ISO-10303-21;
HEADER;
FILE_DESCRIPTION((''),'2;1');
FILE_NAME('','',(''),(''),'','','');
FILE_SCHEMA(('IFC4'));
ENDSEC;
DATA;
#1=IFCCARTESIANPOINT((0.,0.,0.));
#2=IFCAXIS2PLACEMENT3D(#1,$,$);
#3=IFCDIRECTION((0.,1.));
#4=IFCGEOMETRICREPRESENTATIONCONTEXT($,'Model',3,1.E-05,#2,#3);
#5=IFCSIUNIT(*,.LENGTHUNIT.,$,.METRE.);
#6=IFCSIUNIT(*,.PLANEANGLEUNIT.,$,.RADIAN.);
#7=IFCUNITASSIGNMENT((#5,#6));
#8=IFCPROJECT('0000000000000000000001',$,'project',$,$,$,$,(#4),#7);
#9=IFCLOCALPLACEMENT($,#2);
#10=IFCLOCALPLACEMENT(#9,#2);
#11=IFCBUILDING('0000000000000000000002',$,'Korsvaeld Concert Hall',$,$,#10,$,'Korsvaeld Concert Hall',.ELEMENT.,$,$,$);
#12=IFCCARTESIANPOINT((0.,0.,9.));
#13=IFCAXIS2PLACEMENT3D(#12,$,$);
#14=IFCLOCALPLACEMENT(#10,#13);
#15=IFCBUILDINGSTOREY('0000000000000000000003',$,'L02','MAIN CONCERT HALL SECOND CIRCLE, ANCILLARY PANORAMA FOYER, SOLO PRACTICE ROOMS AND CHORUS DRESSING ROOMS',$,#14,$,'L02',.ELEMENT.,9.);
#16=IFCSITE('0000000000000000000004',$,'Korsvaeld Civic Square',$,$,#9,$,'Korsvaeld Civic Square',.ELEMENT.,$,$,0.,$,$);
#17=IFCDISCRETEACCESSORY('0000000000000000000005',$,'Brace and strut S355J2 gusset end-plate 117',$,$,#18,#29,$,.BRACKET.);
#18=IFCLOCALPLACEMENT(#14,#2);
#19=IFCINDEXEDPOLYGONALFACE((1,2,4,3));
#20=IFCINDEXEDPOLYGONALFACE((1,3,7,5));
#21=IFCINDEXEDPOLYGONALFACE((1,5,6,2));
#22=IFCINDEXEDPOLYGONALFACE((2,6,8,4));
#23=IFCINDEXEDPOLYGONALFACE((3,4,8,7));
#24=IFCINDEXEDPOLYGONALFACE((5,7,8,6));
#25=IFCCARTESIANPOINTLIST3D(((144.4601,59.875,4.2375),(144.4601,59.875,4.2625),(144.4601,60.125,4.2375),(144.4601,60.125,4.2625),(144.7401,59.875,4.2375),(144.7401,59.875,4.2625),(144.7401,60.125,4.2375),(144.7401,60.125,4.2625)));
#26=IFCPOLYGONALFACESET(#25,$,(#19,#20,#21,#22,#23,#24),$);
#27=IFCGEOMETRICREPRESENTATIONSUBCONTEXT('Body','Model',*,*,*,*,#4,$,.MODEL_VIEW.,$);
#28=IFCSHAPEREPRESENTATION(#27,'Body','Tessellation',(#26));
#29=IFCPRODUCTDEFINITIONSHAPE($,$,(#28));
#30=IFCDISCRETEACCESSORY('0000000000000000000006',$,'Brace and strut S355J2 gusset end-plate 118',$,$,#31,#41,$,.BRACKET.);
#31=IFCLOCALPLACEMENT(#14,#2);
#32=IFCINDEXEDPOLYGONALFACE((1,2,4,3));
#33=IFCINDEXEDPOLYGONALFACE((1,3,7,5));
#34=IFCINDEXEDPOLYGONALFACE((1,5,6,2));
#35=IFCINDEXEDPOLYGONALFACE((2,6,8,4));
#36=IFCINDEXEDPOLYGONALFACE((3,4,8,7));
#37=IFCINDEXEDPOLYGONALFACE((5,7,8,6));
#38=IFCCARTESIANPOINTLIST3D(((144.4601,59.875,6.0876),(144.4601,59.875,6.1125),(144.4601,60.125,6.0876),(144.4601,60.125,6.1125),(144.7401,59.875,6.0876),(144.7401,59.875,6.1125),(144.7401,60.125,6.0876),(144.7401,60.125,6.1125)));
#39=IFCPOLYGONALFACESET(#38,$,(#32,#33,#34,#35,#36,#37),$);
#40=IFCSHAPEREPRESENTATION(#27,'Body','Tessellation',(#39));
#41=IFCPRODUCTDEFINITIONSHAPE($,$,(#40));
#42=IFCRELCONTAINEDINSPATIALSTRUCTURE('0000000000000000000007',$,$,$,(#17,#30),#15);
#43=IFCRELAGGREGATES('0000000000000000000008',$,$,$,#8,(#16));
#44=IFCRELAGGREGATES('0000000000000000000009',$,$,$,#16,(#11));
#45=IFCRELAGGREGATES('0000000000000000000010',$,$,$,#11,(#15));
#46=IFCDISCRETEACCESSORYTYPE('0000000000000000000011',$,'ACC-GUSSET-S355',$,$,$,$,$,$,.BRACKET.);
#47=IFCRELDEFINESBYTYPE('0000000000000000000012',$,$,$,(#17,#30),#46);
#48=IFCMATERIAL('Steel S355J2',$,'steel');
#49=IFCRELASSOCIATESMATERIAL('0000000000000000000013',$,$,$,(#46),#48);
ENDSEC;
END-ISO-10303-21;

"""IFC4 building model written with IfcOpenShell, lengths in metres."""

from ifc_helpers import new_model, si_unit, direction, frame, origin, origin_2d, place, context, subcontext, project, spatial, rectangle, extrude, material, type_object, element, save


model = new_model("IFC4")

# Units and contexts
model_context = context("Model", 3, precision=1e-05, world=origin(), true_north=direction((0.0, 1.0)))
body_context = subcontext(model_context, "Body", "Model", "MODEL_VIEW")
ifc_project = project(units=[si_unit("LENGTHUNIT", "METRE"), si_unit("PLANEANGLEUNIT", "RADIAN")], contexts=[model_context])

# Site, building, storey
site_placement = place(None, origin())
site = spatial("IfcSite", under=ifc_project, at=site_placement, Name="Korsvaeld Civic Square", LongName="Korsvaeld Civic Square", CompositionType="ELEMENT", RefElevation=0.0)
building_placement = place(site_placement, origin())
building = spatial("IfcBuilding", under=site, at=building_placement, Name="Korsvaeld Concert Hall", LongName="Korsvaeld Concert Hall", CompositionType="ELEMENT")
storey_placement = place(building_placement, frame((0.0, 0.0, 9.0)))
storey = spatial("IfcBuildingStorey", under=building, at=storey_placement, Name="L02", Description="MAIN CONCERT HALL SECOND CIRCLE, ANCILLARY PANORAMA FOYER, SOLO PRACTICE ROOMS AND CHORUS DRESSING ROOMS", LongName="L02", CompositionType="ELEMENT", Elevation=9.0)

# Shared definitions
ifc_material_1 = material(Name="Steel S355J2", Category="steel")

# Discrete accessories
discrete_accessory_type = type_object("IfcDiscreteAccessoryType", Name="ACC-GUSSET-S355", PredefinedType="BRACKET", material=ifc_material_1)
for number, where, z_axis, x_axis, name in (
    (1, (144.6001, 60.0, 4.2375), (0.0, 0.0, 1.0), (1.0, 0.0, 0.0), "Brace and strut S355J2 gusset end-plate 117"),
    (2, (144.6001, 60.0, 6.0876), (0.0, 0.0, 1.0), (1.0, 0.0, 0.0), "Brace and strut S355J2 gusset end-plate 118"),
):
    element("IfcDiscreteAccessory", number, at=place(storey_placement, frame(where, z_axis=z_axis, x_axis=x_axis)), inside=storey, type_object=discrete_accessory_type, Name=name, PredefinedType="BRACKET", context=body_context, shape_type="SweptSolid", body=[
        extrude(rectangle(XDim=0.28, YDim=0.25, at=origin_2d()), origin(), (0.0, 0.0, 1.0), 0.0249),
    ])

save(model, "model.ifc")
